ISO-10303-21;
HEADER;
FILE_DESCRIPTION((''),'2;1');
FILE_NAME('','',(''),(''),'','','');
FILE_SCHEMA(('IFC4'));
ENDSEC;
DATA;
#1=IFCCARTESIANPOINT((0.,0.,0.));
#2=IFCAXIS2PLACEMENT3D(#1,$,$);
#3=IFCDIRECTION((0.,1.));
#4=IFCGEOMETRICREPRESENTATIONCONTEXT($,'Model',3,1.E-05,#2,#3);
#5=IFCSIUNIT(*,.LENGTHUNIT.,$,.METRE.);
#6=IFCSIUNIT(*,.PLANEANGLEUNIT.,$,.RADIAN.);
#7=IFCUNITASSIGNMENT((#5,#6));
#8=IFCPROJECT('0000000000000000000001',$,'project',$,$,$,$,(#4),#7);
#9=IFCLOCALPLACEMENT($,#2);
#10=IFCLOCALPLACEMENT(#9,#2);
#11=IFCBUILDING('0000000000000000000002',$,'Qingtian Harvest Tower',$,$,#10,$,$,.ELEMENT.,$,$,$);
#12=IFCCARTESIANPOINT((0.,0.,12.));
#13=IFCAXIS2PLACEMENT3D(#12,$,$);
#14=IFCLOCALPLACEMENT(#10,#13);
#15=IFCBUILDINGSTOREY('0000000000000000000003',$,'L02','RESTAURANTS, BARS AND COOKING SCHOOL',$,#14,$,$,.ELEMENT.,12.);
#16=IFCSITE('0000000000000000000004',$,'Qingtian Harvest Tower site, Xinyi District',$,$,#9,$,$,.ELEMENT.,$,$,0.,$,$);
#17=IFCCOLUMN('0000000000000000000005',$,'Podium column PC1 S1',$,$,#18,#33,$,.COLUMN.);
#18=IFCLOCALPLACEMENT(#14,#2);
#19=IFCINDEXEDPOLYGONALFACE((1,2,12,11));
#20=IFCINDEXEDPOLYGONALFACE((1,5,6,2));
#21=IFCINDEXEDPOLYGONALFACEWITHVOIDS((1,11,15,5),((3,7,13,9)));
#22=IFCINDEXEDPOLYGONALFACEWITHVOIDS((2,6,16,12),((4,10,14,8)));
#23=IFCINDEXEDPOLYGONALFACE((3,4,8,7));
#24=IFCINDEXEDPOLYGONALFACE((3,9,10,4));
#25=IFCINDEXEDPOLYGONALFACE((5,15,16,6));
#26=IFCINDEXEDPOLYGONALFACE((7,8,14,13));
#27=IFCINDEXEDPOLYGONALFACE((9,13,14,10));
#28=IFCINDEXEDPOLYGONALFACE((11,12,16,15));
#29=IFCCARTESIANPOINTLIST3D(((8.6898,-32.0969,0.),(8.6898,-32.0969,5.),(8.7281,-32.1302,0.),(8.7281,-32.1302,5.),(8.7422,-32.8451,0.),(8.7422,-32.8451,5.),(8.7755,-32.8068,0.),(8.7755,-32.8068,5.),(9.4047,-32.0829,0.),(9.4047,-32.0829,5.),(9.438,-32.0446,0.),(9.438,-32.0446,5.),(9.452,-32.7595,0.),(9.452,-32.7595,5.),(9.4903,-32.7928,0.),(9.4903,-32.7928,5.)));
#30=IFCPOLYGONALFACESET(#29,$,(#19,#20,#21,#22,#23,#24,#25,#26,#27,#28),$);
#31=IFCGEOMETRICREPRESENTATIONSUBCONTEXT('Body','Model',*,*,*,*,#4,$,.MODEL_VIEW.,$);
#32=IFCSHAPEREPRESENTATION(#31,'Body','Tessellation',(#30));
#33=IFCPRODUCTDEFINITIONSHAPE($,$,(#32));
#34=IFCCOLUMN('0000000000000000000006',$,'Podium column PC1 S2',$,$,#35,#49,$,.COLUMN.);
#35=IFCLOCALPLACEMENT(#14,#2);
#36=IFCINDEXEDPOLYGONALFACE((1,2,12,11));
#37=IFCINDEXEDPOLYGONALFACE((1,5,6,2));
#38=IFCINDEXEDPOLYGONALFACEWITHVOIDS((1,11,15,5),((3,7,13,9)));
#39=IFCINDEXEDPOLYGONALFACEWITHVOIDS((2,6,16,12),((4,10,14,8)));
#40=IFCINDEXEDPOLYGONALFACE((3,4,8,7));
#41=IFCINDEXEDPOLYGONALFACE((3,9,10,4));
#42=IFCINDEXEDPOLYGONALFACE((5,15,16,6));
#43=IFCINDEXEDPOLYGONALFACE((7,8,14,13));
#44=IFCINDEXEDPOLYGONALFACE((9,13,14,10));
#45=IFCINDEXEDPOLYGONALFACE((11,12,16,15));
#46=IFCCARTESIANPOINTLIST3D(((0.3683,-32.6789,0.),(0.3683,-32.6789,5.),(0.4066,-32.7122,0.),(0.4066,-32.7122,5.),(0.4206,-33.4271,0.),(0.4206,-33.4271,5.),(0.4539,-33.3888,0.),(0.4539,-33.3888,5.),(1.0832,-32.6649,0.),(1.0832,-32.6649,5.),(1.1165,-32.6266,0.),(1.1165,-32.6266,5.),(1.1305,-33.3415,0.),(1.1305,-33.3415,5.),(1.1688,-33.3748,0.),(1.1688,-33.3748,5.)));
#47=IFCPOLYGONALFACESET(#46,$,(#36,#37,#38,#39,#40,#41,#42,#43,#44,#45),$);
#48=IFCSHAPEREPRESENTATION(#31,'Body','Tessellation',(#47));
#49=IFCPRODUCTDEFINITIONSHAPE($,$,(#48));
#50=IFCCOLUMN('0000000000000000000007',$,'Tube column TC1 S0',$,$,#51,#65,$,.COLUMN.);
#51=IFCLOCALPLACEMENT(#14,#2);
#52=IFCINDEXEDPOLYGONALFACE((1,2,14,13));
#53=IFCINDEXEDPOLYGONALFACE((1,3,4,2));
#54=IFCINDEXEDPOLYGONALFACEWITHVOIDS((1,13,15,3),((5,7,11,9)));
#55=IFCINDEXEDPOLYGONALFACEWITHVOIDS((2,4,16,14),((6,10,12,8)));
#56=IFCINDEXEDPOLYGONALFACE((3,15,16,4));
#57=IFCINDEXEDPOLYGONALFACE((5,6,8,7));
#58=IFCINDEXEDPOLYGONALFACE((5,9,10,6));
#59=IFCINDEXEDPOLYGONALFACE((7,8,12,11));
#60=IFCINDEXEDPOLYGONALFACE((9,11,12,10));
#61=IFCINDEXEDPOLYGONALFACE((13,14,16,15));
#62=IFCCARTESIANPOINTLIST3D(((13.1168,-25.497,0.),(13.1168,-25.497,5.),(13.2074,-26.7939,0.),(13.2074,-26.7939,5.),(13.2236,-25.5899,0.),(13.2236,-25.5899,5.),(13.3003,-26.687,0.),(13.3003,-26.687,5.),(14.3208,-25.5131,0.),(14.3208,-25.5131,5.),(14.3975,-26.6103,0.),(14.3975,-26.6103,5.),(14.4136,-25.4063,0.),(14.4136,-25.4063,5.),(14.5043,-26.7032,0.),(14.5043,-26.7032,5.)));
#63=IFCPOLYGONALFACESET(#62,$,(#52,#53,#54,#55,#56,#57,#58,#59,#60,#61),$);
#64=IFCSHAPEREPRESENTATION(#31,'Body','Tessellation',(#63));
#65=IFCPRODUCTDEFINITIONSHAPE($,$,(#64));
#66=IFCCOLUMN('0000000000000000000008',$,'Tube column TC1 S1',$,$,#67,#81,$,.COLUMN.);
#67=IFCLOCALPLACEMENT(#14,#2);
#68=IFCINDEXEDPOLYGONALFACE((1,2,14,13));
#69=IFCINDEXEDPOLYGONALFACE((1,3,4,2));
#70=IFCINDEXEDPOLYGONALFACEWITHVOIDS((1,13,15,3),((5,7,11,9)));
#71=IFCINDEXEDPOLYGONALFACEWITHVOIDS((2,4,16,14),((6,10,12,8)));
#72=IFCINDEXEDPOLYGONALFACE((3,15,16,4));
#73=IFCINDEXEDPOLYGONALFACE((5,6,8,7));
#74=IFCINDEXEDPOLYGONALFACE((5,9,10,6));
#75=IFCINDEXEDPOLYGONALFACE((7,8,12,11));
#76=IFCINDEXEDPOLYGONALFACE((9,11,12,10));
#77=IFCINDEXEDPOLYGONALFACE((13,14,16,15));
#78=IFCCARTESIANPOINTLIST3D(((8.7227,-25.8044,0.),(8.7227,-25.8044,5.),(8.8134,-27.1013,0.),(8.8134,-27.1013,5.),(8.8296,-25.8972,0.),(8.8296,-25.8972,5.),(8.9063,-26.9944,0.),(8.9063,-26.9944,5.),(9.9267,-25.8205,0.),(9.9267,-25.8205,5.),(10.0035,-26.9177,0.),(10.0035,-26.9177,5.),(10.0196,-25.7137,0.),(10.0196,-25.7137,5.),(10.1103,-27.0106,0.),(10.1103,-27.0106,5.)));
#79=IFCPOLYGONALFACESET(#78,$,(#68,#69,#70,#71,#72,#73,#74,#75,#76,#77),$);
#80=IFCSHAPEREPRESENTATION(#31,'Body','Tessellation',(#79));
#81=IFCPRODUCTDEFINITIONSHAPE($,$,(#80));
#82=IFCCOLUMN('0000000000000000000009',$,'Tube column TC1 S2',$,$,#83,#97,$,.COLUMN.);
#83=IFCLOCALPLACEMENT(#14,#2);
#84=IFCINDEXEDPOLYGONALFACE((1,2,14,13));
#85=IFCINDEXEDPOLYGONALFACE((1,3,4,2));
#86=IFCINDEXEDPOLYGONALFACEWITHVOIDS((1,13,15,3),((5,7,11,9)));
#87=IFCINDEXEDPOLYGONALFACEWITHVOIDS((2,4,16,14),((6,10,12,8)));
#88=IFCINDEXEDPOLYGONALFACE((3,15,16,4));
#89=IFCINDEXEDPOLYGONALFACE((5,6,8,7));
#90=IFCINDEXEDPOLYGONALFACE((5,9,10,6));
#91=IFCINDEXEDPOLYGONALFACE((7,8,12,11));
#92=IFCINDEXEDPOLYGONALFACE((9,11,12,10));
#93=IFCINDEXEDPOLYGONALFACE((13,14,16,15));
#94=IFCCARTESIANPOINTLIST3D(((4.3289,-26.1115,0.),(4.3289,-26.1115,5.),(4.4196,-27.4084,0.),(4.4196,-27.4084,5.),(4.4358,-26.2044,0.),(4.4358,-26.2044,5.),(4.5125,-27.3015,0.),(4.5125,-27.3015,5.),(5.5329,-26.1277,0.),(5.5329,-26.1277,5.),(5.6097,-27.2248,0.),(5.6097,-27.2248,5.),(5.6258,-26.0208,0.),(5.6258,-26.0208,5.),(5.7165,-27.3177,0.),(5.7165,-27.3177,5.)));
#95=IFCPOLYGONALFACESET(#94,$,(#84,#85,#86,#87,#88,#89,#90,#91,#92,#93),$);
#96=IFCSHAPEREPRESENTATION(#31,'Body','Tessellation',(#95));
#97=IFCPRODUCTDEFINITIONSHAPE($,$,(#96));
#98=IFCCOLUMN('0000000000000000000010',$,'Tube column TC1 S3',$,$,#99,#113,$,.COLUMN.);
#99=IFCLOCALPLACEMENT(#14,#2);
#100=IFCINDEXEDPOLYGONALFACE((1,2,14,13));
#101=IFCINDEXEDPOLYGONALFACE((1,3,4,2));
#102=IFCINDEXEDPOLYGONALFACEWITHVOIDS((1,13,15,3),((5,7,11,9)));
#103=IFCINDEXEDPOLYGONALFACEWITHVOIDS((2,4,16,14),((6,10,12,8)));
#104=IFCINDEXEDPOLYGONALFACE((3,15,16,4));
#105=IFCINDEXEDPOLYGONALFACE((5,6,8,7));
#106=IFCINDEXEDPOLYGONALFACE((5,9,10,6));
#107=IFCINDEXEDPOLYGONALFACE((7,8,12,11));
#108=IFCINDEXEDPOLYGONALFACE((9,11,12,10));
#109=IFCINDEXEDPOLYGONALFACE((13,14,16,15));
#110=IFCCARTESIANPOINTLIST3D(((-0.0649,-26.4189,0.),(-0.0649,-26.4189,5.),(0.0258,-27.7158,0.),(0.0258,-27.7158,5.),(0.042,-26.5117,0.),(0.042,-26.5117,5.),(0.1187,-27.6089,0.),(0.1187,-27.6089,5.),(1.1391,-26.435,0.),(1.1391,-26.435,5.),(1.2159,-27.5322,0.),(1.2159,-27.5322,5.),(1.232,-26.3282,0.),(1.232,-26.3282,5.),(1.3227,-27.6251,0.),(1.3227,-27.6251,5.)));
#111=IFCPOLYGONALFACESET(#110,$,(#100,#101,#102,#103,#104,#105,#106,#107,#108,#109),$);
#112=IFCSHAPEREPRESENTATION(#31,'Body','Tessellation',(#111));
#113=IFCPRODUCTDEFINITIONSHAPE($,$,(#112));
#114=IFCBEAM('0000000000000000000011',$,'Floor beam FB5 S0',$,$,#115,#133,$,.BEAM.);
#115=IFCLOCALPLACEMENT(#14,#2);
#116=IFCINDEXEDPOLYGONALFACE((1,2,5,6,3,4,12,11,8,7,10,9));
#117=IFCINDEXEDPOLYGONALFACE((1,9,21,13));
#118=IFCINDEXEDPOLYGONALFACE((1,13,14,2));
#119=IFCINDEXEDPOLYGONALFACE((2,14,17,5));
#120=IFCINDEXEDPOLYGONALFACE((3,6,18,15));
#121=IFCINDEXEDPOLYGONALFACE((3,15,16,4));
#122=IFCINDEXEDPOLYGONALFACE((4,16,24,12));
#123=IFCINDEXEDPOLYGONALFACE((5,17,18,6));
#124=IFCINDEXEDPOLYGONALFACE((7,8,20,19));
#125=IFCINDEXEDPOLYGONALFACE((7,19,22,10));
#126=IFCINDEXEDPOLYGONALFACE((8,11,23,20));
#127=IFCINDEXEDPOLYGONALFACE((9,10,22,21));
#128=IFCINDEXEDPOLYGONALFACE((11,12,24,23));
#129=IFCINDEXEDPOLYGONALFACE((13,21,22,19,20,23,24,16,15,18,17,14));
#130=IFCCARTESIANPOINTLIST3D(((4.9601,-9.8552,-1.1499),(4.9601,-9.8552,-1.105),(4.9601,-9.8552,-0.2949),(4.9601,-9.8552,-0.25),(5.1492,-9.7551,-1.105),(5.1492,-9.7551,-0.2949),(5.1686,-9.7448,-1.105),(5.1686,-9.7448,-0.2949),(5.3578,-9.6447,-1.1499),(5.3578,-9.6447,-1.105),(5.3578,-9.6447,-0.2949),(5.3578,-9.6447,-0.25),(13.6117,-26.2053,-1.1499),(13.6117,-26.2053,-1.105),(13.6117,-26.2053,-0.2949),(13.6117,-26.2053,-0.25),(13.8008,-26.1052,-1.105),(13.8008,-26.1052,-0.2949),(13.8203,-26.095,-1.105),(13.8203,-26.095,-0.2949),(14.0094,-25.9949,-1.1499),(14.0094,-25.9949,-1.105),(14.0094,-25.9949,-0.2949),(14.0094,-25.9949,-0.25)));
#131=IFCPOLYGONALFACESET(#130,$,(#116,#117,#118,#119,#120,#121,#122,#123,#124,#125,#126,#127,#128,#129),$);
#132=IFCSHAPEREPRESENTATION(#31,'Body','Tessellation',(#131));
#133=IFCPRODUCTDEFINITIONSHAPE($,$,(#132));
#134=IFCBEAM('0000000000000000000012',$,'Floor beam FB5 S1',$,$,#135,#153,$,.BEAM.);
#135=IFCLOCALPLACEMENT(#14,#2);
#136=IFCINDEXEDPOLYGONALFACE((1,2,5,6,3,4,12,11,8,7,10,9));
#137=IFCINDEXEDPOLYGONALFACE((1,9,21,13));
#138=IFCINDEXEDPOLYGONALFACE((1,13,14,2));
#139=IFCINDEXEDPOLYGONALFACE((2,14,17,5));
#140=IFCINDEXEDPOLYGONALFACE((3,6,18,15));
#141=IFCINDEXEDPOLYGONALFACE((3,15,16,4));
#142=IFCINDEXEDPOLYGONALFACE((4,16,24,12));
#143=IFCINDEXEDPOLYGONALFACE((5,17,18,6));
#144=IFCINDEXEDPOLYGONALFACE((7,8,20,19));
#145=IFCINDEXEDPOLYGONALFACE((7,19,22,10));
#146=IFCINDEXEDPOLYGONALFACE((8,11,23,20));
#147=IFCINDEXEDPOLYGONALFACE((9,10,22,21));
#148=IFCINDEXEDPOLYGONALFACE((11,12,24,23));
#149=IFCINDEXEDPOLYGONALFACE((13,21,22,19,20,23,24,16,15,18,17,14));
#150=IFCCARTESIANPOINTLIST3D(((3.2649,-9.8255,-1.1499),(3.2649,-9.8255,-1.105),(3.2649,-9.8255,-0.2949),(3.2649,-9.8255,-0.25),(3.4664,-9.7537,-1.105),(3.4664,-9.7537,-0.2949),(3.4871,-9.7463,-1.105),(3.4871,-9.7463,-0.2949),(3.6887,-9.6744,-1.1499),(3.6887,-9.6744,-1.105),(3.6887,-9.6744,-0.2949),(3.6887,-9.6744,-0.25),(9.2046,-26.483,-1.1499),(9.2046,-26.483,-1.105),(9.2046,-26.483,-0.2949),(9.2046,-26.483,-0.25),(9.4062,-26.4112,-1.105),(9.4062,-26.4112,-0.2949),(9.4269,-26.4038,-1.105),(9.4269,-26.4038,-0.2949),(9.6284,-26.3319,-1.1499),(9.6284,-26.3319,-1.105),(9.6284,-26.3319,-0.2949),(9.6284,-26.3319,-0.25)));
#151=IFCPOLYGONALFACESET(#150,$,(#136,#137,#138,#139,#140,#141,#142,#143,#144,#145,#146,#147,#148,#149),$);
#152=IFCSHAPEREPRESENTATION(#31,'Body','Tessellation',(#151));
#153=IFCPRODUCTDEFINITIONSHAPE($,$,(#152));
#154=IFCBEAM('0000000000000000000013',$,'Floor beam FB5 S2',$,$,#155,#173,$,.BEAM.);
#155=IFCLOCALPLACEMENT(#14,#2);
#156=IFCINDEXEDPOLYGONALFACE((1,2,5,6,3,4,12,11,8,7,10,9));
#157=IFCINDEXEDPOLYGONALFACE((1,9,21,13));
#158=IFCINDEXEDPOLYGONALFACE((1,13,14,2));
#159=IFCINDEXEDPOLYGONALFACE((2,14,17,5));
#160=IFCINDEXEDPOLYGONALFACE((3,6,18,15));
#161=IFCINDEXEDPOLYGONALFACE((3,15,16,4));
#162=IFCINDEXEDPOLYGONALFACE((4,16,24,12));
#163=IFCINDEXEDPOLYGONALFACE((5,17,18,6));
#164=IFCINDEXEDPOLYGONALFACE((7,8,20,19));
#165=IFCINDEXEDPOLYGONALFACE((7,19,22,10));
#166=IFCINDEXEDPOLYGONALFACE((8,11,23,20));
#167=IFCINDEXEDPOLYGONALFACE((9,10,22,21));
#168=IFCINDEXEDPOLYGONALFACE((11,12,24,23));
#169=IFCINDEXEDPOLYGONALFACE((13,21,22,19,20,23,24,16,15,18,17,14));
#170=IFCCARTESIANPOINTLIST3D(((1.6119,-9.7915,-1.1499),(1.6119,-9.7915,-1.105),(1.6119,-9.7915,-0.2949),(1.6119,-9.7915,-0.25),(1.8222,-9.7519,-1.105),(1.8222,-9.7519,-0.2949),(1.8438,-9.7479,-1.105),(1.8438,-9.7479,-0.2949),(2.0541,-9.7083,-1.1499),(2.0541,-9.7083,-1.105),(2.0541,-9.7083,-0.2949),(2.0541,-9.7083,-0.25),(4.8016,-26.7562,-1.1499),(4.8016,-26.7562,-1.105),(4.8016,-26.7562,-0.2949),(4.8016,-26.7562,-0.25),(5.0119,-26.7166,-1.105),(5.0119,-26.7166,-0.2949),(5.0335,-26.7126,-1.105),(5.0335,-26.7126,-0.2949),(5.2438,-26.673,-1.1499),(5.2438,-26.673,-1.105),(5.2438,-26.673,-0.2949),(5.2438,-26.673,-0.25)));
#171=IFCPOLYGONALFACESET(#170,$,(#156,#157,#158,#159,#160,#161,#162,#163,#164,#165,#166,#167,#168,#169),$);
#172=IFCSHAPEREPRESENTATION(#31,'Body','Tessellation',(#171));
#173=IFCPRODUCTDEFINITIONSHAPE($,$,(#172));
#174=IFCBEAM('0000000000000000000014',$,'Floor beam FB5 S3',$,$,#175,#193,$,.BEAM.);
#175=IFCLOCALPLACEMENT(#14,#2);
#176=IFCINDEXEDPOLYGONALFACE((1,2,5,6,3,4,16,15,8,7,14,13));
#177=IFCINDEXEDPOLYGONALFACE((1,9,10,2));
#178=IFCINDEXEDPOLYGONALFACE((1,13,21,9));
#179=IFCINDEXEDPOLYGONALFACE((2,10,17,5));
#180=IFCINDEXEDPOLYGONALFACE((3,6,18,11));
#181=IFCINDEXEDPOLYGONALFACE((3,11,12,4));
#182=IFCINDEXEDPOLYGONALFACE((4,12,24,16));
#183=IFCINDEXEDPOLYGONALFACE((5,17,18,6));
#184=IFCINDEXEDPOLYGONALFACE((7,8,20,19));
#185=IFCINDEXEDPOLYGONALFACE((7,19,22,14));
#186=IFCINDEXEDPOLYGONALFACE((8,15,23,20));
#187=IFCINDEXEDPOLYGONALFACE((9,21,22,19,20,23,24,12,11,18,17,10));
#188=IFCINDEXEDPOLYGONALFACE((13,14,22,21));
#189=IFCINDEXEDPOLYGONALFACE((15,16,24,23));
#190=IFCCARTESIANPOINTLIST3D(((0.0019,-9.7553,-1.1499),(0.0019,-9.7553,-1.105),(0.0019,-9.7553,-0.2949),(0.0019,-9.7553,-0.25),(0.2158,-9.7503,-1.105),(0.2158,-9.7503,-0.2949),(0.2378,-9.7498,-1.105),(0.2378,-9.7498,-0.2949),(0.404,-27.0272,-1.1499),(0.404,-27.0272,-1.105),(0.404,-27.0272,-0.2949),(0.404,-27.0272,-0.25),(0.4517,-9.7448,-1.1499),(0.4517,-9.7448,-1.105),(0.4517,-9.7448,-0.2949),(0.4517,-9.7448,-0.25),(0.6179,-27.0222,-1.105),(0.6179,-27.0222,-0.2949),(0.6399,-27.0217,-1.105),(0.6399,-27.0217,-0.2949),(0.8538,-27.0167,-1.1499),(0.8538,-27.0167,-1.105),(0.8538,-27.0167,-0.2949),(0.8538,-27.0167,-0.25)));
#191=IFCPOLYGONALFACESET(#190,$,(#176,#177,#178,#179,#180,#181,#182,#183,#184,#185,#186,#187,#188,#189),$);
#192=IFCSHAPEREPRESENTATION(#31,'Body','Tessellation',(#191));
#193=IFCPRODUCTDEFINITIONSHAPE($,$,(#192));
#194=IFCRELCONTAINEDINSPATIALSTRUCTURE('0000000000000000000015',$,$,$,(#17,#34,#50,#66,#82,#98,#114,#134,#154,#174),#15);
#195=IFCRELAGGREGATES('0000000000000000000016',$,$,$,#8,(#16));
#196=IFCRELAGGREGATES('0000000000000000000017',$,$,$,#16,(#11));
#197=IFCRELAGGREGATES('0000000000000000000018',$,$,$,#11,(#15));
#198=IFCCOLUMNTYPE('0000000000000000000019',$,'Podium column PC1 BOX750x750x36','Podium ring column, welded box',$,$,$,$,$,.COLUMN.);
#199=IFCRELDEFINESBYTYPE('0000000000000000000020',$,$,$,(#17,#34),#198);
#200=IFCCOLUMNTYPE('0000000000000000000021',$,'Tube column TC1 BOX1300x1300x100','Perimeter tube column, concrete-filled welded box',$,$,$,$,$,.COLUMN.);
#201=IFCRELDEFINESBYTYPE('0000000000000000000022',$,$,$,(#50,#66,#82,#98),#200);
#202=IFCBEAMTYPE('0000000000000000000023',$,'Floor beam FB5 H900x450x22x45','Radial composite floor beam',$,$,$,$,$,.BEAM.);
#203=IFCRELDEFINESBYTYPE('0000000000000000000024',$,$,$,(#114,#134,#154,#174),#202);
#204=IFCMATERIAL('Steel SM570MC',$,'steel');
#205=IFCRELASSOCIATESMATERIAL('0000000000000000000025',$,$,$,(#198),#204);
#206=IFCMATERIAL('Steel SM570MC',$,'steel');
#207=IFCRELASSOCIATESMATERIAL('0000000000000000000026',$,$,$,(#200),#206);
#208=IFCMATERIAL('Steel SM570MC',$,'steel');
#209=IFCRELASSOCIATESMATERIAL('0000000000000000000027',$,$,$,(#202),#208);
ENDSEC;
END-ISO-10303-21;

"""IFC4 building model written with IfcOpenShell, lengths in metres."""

from ifc_helpers import new_model, si_unit, direction, frame, origin, origin_2d, place, context, subcontext, project, spatial, hollow_rectangle, i_section, extrude, material, material_profile, profile_set, type_object, element, save


model = new_model("IFC4")

# Units and contexts
model_context = context("Model", 3, precision=1e-05, world=origin(), true_north=direction((0.0, 1.0)))
body_context = subcontext(model_context, "Body", "Model", "MODEL_VIEW")
ifc_project = project(units=[si_unit("LENGTHUNIT", "METRE"), si_unit("PLANEANGLEUNIT", "RADIAN")], contexts=[model_context])

# Site, building, storey
site_placement = place(None, origin())
site = spatial("IfcSite", under=ifc_project, at=site_placement, Name="Qingtian Harvest Tower site, Xinyi District", CompositionType="ELEMENT", RefElevation=0.0)
building_placement = place(site_placement, origin())
building = spatial("IfcBuilding", under=site, at=building_placement, Name="Qingtian Harvest Tower", CompositionType="ELEMENT")
storey_placement = place(building_placement, frame((0.0, 0.0, 12.0)))
storey = spatial("IfcBuildingStorey", under=building, at=storey_placement, Name="L02", Description="RESTAURANTS, BARS AND COOKING SCHOOL", CompositionType="ELEMENT", Elevation=12.0)

# Columns
ifc_material_1 = material(Name="Steel SM570MC", Category="steel")
ifc_material_profile_1 = material_profile(ifc_material_1, hollow_rectangle(XDim=0.75, YDim=0.75, WallThickness=0.0359, at=origin_2d()), Name="BOX750x750x36")
ifc_profile_set_1 = profile_set([ifc_material_profile_1], Name="Steel SM570MC")
column_type_1 = type_object("IfcColumnType", Name="Podium column PC1 BOX750x750x36", Description="Podium ring column, welded box", PredefinedType="COLUMN", material=ifc_profile_set_1)
for number, where, z_axis, x_axis, name in (
    (1, (9.0901, -32.4448, 0.0), (0.0, 0.0, 1.0), (0.997564, 0.069756, 0.0), "Podium column PC1 S1"),
    (2, (0.7686, -33.0269, 0.0), (0.0, 0.0, 1.0), (0.997564, 0.069756, 0.0), "Podium column PC1 S2"),
):
    element("IfcColumn", number, at=place(storey_placement, frame(where, z_axis=z_axis, x_axis=x_axis)), inside=storey, type_object=column_type_1, Name=name, PredefinedType="COLUMN", context=body_context, shape_type="SweptSolid", body=[
        extrude(hollow_rectangle(XDim=0.75, YDim=0.75, WallThickness=0.0359, at=origin_2d()), origin(), (0.0, 0.0, 1.0), 5.0),
    ])
ifc_material_2 = material(Name="Steel SM570MC", Category="steel")
ifc_material_profile_2 = material_profile(ifc_material_2, hollow_rectangle(XDim=1.3, YDim=1.3, WallThickness=0.1001, at=origin_2d()), Name="BOX1300x1300x100")
ifc_profile_set_2 = profile_set([ifc_material_profile_2], Name="Steel SM570MC")
column_type_2 = type_object("IfcColumnType", Name="Tube column TC1 BOX1300x1300x100", Description="Perimeter tube column, concrete-filled welded box", PredefinedType="COLUMN", material=ifc_profile_set_2)
for number, where, z_axis, x_axis, name in (
    (3, (13.8105, -26.1001, 0.0), (0.0, 0.0, 1.0), (0.997564, 0.069756, 0.0), "Tube column TC1 S0"),
    (4, (9.4165, -26.4075, 0.0), (0.0, 0.0, 1.0), (0.997564, 0.069756, 0.0), "Tube column TC1 S1"),
    (5, (5.0227, -26.7146, 0.0), (0.0, 0.0, 1.0), (0.997564, 0.069756, 0.0), "Tube column TC1 S2"),
    (6, (0.6289, -27.022, 0.0), (0.0, 0.0, 1.0), (0.997564, 0.069756, 0.0), "Tube column TC1 S3"),
):
    element("IfcColumn", number, at=place(storey_placement, frame(where, z_axis=z_axis, x_axis=x_axis)), inside=storey, type_object=column_type_2, Name=name, PredefinedType="COLUMN", context=body_context, shape_type="SweptSolid", body=[
        extrude(hollow_rectangle(XDim=1.3, YDim=1.3, WallThickness=0.1001, at=origin_2d()), origin(), (0.0, 0.0, 1.0), 5.0),
    ])

# Beams
ifc_material_3 = material(Name="Steel SM570MC", Category="steel")
ifc_material_profile_3 = material_profile(ifc_material_3, i_section(OverallWidth=0.45, OverallDepth=0.8999, WebThickness=0.022, FlangeThickness=0.0449, at=origin_2d()), Name="H900x450x22x45")
ifc_profile_set_3 = profile_set([ifc_material_profile_3], Name="Steel SM570MC")
beam_type_1 = type_object("IfcBeamType", Name="Floor beam FB5 H900x450x22x45", Description="Radial composite floor beam", PredefinedType="BEAM", material=ifc_profile_set_3)
beam_1_placement = place(storey_placement, frame((13.8105, -26.1001, -0.7), z_axis=(-0.467705, 0.883885, 0.0), x_axis=(-0.883885, -0.467705, 0.0)))
element("IfcBeam", 7, at=beam_1_placement, inside=storey, type_object=beam_type_1, Name="Floor beam FB5 S0", PredefinedType="BEAM", context=body_context, shape_type="SweptSolid", body=[
    extrude(i_section(OverallWidth=0.45, OverallDepth=0.8999, WebThickness=0.022, FlangeThickness=0.0449, at=origin_2d()), origin(), (0.0, 0.0, 1.0), 18.498),
])
beam_2_placement = place(storey_placement, frame((9.4165, -26.4075, -0.7), z_axis=(-0.335865, 0.94191, 0.0), x_axis=(-0.94191, -0.335865, 0.0)))
element("IfcBeam", 8, at=beam_2_placement, inside=storey, type_object=beam_type_1, Name="Floor beam FB5 S1", PredefinedType="BEAM", context=body_context, shape_type="SweptSolid", body=[
    extrude(i_section(OverallWidth=0.45, OverallDepth=0.8999, WebThickness=0.022, FlangeThickness=0.0449, at=origin_2d()), origin(), (0.0, 0.0, 1.0), 17.6848),
])
beam_3_placement = place(storey_placement, frame((5.0227, -26.7146, -0.7), z_axis=(-0.184783, 0.982779, 0.0), x_axis=(-0.982779, -0.184783, 0.0)))
element("IfcBeam", 9, at=beam_3_placement, inside=storey, type_object=beam_type_1, Name="Floor beam FB5 S2", PredefinedType="BEAM", context=body_context, shape_type="SweptSolid", body=[
    extrude(i_section(OverallWidth=0.45, OverallDepth=0.8999, WebThickness=0.022, FlangeThickness=0.0449, at=origin_2d()), origin(), (0.0, 0.0, 1.0), 17.262),
])
beam_4_placement = place(storey_placement, frame((0.6289, -27.022, -0.7), z_axis=(-0.023274, 0.999729, 0.0), x_axis=(-0.999729, -0.023274, 0.0)))
element("IfcBeam", 10, at=beam_4_placement, inside=storey, type_object=beam_type_1, Name="Floor beam FB5 S3", PredefinedType="BEAM", context=body_context, shape_type="SweptSolid", body=[
    extrude(i_section(OverallWidth=0.45, OverallDepth=0.8999, WebThickness=0.022, FlangeThickness=0.0449, at=origin_2d()), origin(), (0.0, 0.0, 1.0), 17.2766),
])

save(model, "model.ifc")
